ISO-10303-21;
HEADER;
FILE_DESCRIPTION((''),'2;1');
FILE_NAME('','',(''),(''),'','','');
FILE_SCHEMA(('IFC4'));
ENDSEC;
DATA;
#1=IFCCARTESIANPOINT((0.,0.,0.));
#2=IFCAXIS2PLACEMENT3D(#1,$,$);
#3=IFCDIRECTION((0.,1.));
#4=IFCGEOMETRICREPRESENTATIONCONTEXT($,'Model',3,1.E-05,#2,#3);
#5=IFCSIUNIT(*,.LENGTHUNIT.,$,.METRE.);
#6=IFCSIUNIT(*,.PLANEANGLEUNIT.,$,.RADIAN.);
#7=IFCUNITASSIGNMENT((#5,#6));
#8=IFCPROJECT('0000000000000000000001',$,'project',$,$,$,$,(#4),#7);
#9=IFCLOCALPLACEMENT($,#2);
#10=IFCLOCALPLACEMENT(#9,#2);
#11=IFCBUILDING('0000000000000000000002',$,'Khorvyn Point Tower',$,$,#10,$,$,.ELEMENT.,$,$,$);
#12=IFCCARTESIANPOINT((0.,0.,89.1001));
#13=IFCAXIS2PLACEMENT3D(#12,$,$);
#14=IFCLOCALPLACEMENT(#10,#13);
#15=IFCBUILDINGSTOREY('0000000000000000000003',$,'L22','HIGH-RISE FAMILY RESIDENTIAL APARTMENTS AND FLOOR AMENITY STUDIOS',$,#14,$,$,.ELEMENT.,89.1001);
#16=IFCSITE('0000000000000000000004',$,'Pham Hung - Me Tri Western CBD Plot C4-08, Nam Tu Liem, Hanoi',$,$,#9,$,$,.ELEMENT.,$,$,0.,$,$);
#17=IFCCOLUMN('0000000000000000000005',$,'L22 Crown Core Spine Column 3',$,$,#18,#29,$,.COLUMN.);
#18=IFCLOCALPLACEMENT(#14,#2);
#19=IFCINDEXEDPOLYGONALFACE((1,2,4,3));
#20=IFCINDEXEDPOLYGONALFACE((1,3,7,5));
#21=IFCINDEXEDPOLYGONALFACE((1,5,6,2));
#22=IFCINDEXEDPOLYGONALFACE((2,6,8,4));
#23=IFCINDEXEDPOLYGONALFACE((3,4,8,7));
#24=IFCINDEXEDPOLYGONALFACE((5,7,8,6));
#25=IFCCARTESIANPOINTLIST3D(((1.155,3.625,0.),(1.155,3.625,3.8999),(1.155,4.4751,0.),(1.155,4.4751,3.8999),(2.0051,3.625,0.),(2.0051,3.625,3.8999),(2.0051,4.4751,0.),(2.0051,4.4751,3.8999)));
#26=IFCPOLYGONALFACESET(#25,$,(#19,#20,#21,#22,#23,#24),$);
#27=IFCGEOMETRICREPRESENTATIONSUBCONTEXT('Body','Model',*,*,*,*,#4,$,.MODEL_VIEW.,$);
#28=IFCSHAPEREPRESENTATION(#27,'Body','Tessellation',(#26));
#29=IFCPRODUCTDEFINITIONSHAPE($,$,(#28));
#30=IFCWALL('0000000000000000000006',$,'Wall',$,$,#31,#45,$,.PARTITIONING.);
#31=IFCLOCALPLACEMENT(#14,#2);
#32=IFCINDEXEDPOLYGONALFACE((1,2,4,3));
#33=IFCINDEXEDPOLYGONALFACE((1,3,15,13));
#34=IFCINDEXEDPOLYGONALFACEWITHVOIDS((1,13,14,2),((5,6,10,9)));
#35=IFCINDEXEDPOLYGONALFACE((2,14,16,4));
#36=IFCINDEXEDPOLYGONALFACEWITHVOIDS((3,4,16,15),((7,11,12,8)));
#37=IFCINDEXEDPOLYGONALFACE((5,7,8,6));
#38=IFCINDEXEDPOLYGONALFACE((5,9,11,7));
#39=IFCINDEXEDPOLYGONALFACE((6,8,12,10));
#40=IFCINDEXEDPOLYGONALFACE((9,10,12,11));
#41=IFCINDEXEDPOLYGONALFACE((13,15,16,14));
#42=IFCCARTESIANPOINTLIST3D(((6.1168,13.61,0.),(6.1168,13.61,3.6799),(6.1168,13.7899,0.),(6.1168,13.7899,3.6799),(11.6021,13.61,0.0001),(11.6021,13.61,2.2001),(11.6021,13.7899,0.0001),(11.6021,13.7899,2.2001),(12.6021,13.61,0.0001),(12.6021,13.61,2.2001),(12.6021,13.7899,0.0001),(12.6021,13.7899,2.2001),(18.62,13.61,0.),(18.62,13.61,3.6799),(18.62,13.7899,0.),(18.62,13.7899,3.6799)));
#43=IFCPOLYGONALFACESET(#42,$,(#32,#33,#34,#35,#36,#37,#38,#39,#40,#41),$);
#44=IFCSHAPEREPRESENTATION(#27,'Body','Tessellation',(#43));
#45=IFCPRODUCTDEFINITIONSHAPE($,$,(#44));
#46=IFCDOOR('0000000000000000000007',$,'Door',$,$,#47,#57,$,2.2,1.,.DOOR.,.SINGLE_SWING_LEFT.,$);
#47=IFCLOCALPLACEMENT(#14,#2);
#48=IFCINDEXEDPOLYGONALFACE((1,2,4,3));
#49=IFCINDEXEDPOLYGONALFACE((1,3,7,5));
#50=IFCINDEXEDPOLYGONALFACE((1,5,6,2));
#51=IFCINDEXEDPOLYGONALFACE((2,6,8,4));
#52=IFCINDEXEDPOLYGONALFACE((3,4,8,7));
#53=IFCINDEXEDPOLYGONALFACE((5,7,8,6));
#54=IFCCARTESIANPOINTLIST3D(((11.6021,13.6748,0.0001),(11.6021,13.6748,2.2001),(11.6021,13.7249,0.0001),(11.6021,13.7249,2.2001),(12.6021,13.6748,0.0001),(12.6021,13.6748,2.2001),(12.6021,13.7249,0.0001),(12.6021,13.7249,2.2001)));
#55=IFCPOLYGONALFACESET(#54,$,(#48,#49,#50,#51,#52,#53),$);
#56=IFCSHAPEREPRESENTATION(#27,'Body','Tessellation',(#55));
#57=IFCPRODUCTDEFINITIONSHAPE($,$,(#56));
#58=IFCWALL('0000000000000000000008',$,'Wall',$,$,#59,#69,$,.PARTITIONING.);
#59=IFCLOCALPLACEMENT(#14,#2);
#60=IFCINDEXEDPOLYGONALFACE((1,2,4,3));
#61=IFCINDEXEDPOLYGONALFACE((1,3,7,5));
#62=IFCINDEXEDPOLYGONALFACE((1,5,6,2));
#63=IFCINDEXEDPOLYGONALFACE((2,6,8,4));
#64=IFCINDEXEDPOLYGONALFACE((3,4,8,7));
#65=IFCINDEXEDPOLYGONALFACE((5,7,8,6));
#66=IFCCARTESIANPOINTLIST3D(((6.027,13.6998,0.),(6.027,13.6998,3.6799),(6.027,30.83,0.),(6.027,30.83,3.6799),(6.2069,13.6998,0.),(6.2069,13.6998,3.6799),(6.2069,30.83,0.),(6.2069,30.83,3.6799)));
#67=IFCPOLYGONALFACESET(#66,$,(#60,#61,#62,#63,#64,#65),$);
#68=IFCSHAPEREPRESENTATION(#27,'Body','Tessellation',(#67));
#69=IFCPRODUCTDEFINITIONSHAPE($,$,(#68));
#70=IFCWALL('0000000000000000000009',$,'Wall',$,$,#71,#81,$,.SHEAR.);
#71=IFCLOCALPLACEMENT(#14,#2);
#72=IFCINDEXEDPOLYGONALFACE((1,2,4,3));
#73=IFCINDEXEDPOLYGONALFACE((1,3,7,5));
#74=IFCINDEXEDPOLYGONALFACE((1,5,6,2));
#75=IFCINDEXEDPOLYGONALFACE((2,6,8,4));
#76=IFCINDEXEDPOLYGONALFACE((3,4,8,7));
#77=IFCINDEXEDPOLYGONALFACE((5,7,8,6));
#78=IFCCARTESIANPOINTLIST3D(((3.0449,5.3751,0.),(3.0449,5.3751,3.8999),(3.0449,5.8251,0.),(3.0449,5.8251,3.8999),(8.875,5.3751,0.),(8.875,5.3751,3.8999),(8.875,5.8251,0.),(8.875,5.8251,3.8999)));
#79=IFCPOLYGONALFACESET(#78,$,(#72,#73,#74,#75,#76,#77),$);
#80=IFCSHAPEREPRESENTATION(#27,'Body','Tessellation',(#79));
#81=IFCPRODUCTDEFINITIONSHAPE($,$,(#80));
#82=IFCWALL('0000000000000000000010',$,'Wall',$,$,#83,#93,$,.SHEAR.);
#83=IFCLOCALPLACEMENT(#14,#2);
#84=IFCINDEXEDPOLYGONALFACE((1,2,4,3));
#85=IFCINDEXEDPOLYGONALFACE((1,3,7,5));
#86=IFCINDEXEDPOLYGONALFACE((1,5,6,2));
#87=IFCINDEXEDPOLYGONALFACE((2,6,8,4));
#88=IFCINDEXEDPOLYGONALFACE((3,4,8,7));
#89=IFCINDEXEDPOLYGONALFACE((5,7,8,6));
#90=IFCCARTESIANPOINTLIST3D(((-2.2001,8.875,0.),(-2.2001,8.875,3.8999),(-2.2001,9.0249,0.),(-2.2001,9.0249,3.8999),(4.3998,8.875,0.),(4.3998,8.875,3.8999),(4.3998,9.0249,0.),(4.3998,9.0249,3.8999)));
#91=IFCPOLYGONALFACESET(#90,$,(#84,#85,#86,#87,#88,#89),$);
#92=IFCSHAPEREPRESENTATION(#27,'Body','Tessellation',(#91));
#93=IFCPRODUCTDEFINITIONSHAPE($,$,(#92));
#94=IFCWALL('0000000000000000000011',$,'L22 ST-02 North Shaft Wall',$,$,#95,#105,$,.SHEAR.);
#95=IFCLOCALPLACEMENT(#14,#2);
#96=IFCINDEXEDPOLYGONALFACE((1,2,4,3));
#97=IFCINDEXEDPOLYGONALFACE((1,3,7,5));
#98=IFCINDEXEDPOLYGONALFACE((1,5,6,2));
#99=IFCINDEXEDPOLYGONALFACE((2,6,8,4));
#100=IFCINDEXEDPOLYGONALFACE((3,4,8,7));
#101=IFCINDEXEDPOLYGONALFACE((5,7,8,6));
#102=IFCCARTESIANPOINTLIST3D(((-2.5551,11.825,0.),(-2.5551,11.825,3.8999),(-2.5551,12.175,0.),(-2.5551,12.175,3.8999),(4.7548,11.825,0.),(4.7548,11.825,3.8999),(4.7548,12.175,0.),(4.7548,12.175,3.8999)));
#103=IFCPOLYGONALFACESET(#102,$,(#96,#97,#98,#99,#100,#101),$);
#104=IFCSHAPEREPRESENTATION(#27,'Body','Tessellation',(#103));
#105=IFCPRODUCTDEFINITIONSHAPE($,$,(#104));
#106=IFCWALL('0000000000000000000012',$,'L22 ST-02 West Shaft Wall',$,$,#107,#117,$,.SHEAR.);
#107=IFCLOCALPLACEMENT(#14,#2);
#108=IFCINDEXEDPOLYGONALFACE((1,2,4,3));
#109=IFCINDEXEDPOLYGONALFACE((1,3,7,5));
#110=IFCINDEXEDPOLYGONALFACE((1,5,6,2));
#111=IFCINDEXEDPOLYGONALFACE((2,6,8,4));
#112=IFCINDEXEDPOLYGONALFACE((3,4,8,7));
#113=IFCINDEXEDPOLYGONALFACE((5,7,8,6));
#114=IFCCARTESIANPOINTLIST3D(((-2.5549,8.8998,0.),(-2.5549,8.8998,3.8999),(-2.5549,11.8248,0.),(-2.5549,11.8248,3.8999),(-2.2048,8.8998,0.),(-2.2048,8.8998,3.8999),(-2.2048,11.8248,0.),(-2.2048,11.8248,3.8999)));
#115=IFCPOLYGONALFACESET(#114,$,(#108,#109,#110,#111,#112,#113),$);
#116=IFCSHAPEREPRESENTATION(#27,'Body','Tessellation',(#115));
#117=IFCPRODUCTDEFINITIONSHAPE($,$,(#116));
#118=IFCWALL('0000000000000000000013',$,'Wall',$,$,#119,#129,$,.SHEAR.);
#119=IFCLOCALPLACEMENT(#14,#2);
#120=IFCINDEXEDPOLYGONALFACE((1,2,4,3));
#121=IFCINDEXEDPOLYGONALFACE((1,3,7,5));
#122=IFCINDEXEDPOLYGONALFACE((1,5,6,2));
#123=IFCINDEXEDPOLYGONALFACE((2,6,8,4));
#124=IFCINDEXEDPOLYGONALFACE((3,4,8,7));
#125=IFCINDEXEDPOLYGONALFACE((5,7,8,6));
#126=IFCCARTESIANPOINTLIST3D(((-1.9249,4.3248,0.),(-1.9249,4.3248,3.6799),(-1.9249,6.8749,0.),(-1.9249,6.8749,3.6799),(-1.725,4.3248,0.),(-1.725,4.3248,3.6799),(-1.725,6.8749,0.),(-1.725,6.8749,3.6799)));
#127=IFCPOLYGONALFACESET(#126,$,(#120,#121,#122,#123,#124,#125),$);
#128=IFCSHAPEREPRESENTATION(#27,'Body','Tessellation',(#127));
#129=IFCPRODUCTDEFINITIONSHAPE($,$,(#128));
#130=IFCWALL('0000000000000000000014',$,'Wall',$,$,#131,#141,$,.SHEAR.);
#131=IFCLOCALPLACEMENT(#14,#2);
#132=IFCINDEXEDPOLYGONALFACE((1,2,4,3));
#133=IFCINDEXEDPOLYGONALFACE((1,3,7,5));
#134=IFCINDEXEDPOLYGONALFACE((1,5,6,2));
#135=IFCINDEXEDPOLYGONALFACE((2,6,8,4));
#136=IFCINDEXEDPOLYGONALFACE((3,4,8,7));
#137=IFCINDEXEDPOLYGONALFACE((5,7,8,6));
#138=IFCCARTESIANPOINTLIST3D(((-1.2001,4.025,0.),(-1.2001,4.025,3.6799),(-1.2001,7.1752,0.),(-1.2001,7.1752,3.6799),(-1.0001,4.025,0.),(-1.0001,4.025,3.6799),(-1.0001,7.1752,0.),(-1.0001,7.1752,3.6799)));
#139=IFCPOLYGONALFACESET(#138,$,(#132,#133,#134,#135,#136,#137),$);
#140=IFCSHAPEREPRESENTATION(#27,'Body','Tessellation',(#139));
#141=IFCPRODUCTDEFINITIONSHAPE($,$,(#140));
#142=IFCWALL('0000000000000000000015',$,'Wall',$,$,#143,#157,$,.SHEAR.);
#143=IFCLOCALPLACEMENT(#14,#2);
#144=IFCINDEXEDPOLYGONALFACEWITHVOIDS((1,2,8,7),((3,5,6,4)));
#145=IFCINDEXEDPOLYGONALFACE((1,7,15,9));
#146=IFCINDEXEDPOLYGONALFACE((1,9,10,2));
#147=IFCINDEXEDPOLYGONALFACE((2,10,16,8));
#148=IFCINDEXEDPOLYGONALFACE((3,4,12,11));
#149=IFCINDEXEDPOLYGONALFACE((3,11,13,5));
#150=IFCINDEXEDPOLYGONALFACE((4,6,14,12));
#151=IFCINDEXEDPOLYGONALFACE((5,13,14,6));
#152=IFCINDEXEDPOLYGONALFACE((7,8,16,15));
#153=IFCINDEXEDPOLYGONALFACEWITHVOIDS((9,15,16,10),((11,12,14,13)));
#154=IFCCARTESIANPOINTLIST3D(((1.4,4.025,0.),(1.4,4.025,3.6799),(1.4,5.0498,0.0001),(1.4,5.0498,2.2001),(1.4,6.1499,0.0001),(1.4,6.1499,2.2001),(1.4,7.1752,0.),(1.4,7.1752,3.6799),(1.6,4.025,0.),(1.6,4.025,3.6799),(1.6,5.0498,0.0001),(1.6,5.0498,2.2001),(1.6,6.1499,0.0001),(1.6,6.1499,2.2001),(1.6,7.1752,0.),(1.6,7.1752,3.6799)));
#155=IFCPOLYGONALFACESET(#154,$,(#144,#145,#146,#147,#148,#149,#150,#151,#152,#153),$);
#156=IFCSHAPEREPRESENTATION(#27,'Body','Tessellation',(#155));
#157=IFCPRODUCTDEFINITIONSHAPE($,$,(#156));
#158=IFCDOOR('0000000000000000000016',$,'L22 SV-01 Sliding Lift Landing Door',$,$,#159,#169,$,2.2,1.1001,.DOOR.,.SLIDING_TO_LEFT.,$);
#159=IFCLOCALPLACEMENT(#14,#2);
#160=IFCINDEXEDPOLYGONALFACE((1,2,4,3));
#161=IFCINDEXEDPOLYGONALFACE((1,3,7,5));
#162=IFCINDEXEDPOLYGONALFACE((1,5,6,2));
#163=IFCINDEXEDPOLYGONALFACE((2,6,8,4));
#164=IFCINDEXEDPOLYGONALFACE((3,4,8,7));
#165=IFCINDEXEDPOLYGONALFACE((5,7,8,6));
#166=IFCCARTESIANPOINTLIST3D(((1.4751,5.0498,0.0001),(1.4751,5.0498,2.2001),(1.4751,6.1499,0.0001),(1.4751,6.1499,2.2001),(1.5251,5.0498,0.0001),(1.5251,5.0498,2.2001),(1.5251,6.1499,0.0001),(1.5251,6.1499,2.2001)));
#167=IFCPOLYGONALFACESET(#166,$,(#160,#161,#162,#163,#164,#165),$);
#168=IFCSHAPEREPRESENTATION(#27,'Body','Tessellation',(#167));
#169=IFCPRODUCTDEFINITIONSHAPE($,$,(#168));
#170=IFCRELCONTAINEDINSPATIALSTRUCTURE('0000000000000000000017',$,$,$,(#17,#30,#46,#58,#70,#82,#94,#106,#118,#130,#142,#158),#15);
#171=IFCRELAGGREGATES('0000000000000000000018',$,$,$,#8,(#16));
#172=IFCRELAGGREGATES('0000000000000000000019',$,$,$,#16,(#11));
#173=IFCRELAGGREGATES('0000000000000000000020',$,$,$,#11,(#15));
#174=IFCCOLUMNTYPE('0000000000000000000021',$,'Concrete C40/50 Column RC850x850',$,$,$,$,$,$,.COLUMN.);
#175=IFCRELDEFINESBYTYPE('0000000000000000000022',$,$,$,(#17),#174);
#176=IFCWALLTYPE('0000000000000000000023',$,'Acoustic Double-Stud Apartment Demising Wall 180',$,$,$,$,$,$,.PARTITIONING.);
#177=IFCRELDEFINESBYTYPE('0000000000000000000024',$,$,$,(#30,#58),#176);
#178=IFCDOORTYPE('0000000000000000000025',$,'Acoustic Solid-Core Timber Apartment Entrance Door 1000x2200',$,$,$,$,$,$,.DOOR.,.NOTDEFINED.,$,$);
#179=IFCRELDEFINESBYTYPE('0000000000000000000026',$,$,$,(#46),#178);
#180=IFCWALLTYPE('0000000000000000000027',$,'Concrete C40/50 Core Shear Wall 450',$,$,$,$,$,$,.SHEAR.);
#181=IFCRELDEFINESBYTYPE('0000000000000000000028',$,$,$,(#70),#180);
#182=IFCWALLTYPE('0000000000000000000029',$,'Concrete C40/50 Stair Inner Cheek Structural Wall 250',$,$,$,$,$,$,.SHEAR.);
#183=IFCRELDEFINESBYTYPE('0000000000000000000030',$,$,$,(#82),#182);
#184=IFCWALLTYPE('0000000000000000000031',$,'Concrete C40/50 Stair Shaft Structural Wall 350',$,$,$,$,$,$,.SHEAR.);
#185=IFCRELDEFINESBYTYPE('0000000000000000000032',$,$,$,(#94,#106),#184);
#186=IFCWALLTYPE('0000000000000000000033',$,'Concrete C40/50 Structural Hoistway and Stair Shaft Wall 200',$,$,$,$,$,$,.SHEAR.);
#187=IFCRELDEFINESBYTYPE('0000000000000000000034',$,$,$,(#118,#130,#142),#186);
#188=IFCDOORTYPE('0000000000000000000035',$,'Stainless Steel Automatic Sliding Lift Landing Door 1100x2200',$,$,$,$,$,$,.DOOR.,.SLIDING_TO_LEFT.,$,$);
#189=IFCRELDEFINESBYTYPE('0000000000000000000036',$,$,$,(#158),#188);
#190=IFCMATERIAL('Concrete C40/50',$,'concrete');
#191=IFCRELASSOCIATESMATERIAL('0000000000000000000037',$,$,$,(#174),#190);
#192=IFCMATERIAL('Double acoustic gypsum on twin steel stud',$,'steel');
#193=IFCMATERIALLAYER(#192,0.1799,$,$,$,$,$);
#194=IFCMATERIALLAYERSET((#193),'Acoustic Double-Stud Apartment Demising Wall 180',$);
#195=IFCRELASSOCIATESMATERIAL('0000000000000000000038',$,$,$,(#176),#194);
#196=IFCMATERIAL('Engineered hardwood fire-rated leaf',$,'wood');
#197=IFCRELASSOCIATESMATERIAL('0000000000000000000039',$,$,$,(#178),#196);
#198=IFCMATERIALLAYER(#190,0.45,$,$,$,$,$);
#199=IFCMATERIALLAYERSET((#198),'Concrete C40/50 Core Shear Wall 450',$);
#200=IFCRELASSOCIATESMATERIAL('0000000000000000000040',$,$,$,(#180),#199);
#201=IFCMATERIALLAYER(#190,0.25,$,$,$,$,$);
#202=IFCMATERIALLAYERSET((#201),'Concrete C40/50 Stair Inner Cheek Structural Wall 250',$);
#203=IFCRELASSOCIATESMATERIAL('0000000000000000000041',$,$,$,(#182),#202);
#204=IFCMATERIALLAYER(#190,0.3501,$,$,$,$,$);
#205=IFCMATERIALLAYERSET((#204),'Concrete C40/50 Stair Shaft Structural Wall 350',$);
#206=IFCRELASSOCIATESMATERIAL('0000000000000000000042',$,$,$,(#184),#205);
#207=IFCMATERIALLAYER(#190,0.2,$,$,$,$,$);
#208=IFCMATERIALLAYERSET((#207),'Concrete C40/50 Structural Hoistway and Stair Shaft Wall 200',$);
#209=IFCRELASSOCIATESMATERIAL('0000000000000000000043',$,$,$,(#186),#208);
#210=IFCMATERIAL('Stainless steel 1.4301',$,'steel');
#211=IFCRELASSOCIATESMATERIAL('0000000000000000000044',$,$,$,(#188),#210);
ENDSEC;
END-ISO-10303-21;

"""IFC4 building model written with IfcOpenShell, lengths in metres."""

from ifc_helpers import new_model, si_unit, direction, frame, frame_2d, origin, origin_2d, place, context, subcontext, project, spatial, rectangle, extrude, material, layer, layer_set, material_profile, profile_set, type_object, element, fill, save


model = new_model("IFC4")

# Units and contexts
model_context = context("Model", 3, precision=1e-05, world=origin(), true_north=direction((0.0, 1.0)))
body_context = subcontext(model_context, "Body", "Model", "MODEL_VIEW")
ifc_project = project(units=[si_unit("LENGTHUNIT", "METRE"), si_unit("PLANEANGLEUNIT", "RADIAN")], contexts=[model_context])

# Site, building, storey
site_placement = place(None, origin())
site = spatial("IfcSite", under=ifc_project, at=site_placement, Name="Pham Hung - Me Tri Western CBD Plot C4-08, Nam Tu Liem, Hanoi", CompositionType="ELEMENT", RefElevation=0.0)
building_placement = place(site_placement, origin())
building = spatial("IfcBuilding", under=site, at=building_placement, Name="Khorvyn Point Tower", CompositionType="ELEMENT")
storey_placement = place(building_placement, frame((0.0, 0.0, 89.1001)))
storey = spatial("IfcBuildingStorey", under=building, at=storey_placement, Name="L22", Description="HIGH-RISE FAMILY RESIDENTIAL APARTMENTS AND FLOOR AMENITY STUDIOS", CompositionType="ELEMENT", Elevation=89.1001)

# Column
ifc_material_1 = material(Name="Concrete C40/50", Category="concrete")
ifc_material_profile = material_profile(ifc_material_1, rectangle(XDim=0.8501, YDim=0.8501, at=origin_2d()))
ifc_profile_set = profile_set([ifc_material_profile], Name="Concrete C40/50 RC850x850")
column_type = type_object("IfcColumnType", Name="Concrete C40/50 Column RC850x850", PredefinedType="COLUMN", material=ifc_profile_set)
column_placement = place(storey_placement, frame((1.5801, 4.05, 0.0), z_axis=(0.0, 0.0, 1.0), x_axis=(1.0, 0.0, 0.0)))
element("IfcColumn", 1, at=column_placement, inside=storey, type_object=column_type, Name="L22 Crown Core Spine Column 3", PredefinedType="COLUMN", context=body_context, shape_type="SweptSolid", body=[
    extrude(rectangle(XDim=0.8501, YDim=0.8501, at=origin_2d()), origin(), (0.0, 0.0, 1.0), 3.8999),
])

# Wall, opening, door
ifc_material_2 = material(Name="Double acoustic gypsum on twin steel stud", Category="steel")
ifc_layer_1 = layer(ifc_material_2, 0.1799)
ifc_layer_set_1 = layer_set([ifc_layer_1], Name="Acoustic Double-Stud Apartment Demising Wall 180")
wall_type_1 = type_object("IfcWallType", Name="Acoustic Double-Stud Apartment Demising Wall 180", PredefinedType="PARTITIONING", material=ifc_layer_set_1)
wall_1_placement = place(storey_placement, frame((6.1169, 13.7, 0.0), z_axis=(0.0, 0.0, 1.0), x_axis=(1.0, 0.0, 0.0)))
wall_1 = element("IfcWall", 2, at=wall_1_placement, inside=storey, type_object=wall_type_1, Name="Wall", PredefinedType="PARTITIONING", context=body_context, shape_type="SweptSolid", body=[
    extrude(rectangle(XDim=12.5032, YDim=0.1799, at=frame_2d((6.2515, 0.0))), origin(), (0.0, 0.0, 1.0), 3.6799),
])
opening_1_placement = place(wall_1_placement, frame((5.4851, 0.0, 0.0)))
opening_1 = element("IfcOpeningElement", 3, at=opening_1_placement, cuts=wall_1, PredefinedType="OPENING", context=body_context, shape_type="SweptSolid", body=[
    extrude(rectangle(XDim=1.0, YDim=2.2, at=frame_2d((0.5, 1.1001))), frame((0.0, 0.0999, 0.0), z_axis=(0.0, -1.0, 0.0), x_axis=(1.0, 0.0, 0.0)), (0.0, 0.0, 1.0), 0.2),
])
ifc_material_3 = material(Name="Engineered hardwood fire-rated leaf", Category="wood")
door_type_1 = type_object("IfcDoorType", Name="Acoustic Solid-Core Timber Apartment Entrance Door 1000x2200", OperationType="NOTDEFINED", PredefinedType="DOOR", material=ifc_material_3)
door_1_placement = place(opening_1_placement, origin())
door_1 = element("IfcDoor", 4, at=door_1_placement, inside=storey, type_object=door_type_1, Name="Door", OperationType="SINGLE_SWING_LEFT", OverallHeight=2.2, OverallWidth=1.0, PredefinedType="DOOR", context=body_context, shape_type="SweptSolid", body=[
    extrude(rectangle(XDim=1.0, YDim=2.2, at=frame_2d((0.5, 1.1001))), frame((0.0, 0.0249, 0.0), z_axis=(0.0, -1.0, 0.0), x_axis=(1.0, 0.0, 0.0)), (0.0, 0.0, 1.0), 0.05),
])
fill(opening_1, door_1)

# Walls
wall_2_placement = place(storey_placement, frame((6.1169, 13.7, 0.0), z_axis=(0.0, 0.0, 1.0), x_axis=(0.0, 1.0, 0.0)))
element("IfcWall", 5, at=wall_2_placement, inside=storey, type_object=wall_type_1, Name="Wall", PredefinedType="PARTITIONING", context=body_context, shape_type="SweptSolid", body=[
    extrude(rectangle(XDim=17.1301, YDim=0.1799, at=frame_2d((8.5649, 0.0))), origin(), (0.0, 0.0, 1.0), 3.6799),
])
ifc_layer_2 = layer(ifc_material_1, 0.45)
ifc_layer_set_2 = layer_set([ifc_layer_2], Name="Concrete C40/50 Core Shear Wall 450")
wall_type_2 = type_object("IfcWallType", Name="Concrete C40/50 Core Shear Wall 450", PredefinedType="SHEAR", material=ifc_layer_set_2)
wall_3_placement = place(storey_placement, frame((3.0449, 5.6001, 0.0), z_axis=(0.0, 0.0, 1.0), x_axis=(1.0, 0.0, 0.0)))
element("IfcWall", 6, at=wall_3_placement, inside=storey, type_object=wall_type_2, Name="Wall", PredefinedType="SHEAR", context=body_context, shape_type="SweptSolid", body=[
    extrude(rectangle(XDim=5.8301, YDim=0.45, at=frame_2d((2.915, 0.0))), origin(), (0.0, 0.0, 1.0), 3.8999),
])

# Walls
ifc_layer_3 = layer(ifc_material_1, 0.25)
ifc_layer_set_3 = layer_set([ifc_layer_3], Name="Concrete C40/50 Stair Inner Cheek Structural Wall 250")
wall_type_3 = type_object("IfcWallType", Name="Concrete C40/50 Stair Inner Cheek Structural Wall 250", PredefinedType="SHEAR", material=ifc_layer_set_3)
wall_4_placement = place(storey_placement, frame((-2.2, 8.95, 0.0), z_axis=(0.0, 0.0, 1.0), x_axis=(1.0, 0.0, 0.0)))
element("IfcWall", 7, at=wall_4_placement, inside=storey, type_object=wall_type_3, Name="Wall", PredefinedType="SHEAR", context=body_context, shape_type="SweptSolid", body=[
    extrude(rectangle(XDim=6.5999, YDim=0.1499, at=frame_2d((3.2998, 0.0))), origin(), (0.0, 0.0, 1.0), 3.8999),
])
ifc_layer_4 = layer(ifc_material_1, 0.3501)
ifc_layer_set_4 = layer_set([ifc_layer_4], Name="Concrete C40/50 Stair Shaft Structural Wall 350")
wall_type_4 = type_object("IfcWallType", Name="Concrete C40/50 Stair Shaft Structural Wall 350", PredefinedType="SHEAR", material=ifc_layer_set_4)
wall_5_placement = place(storey_placement, frame((-2.5549, 12.0, 0.0), z_axis=(0.0, 0.0, 1.0), x_axis=(1.0, 0.0, 0.0)))
element("IfcWall", 8, at=wall_5_placement, inside=storey, type_object=wall_type_4, Name="L22 ST-02 North Shaft Wall", PredefinedType="SHEAR", context=body_context, shape_type="SweptSolid", body=[
    extrude(rectangle(XDim=7.3098, YDim=0.3501, at=frame_2d((3.6548, 0.0))), origin(), (0.0, 0.0, 1.0), 3.8999),
])
wall_6_placement = place(storey_placement, frame((-2.3799, 8.8999, 0.0), z_axis=(0.0, 0.0, 1.0), x_axis=(0.0, 1.0, 0.0)))
element("IfcWall", 9, at=wall_6_placement, inside=storey, type_object=wall_type_4, Name="L22 ST-02 West Shaft Wall", PredefinedType="SHEAR", context=body_context, shape_type="SweptSolid", body=[
    extrude(rectangle(XDim=2.925, YDim=0.3501, at=frame_2d((1.4624, 0.0))), origin(), (0.0, 0.0, 1.0), 3.8999),
])

# Walls
ifc_layer_5 = layer(ifc_material_1, 0.2)
ifc_layer_set_5 = layer_set([ifc_layer_5], Name="Concrete C40/50 Structural Hoistway and Stair Shaft Wall 200")
wall_type_5 = type_object("IfcWallType", Name="Concrete C40/50 Structural Hoistway and Stair Shaft Wall 200", PredefinedType="SHEAR", material=ifc_layer_set_5)
wall_7_placement = place(storey_placement, frame((-1.825, 4.325, 0.0), z_axis=(0.0, 0.0, 1.0), x_axis=(0.0, 1.0, 0.0)))
element("IfcWall", 10, at=wall_7_placement, inside=storey, type_object=wall_type_5, Name="Wall", PredefinedType="SHEAR", context=body_context, shape_type="SweptSolid", body=[
    extrude(rectangle(XDim=2.55, YDim=0.2, at=frame_2d((1.2749, 0.0))), origin(), (0.0, 0.0, 1.0), 3.6799),
])
wall_8_placement = place(storey_placement, frame((-1.1001, 4.0249, 0.0), z_axis=(0.0, 0.0, 1.0), x_axis=(0.0, 1.0, 0.0)))
element("IfcWall", 11, at=wall_8_placement, inside=storey, type_object=wall_type_5, Name="Wall", PredefinedType="SHEAR", context=body_context, shape_type="SweptSolid", body=[
    extrude(rectangle(XDim=3.1501, YDim=0.2, at=frame_2d((1.5752, 0.0))), origin(), (0.0, 0.0, 1.0), 3.6799),
])

# Wall, opening, door
wall_9_placement = place(storey_placement, frame((1.5, 4.0249, 0.0), z_axis=(0.0, 0.0, 1.0), x_axis=(0.0, 1.0, 0.0)))
wall_9 = element("IfcWall", 12, at=wall_9_placement, inside=storey, type_object=wall_type_5, Name="Wall", PredefinedType="SHEAR", context=body_context, shape_type="SweptSolid", body=[
    extrude(rectangle(XDim=3.1501, YDim=0.2, at=frame_2d((1.5752, 0.0))), origin(), (0.0, 0.0, 1.0), 3.6799),
])
opening_2_placement = place(wall_9_placement, frame((1.0249, 0.0, 0.0)))
opening_2 = element("IfcOpeningElement", 13, at=opening_2_placement, cuts=wall_9, PredefinedType="OPENING", context=body_context, shape_type="SweptSolid", body=[
    extrude(rectangle(XDim=1.1001, YDim=2.2, at=frame_2d((0.55, 1.1001))), frame((0.0, 0.1099, 0.0), z_axis=(0.0, -1.0, 0.0), x_axis=(1.0, 0.0, 0.0)), (0.0, 0.0, 1.0), 0.22),
])
ifc_material_4 = material(Name="Stainless steel 1.4301", Category="steel")
door_type_2 = type_object("IfcDoorType", Name="Stainless Steel Automatic Sliding Lift Landing Door 1100x2200", OperationType="SLIDING_TO_LEFT", PredefinedType="DOOR", material=ifc_material_4)
door_2_placement = place(opening_2_placement, origin())
door_2 = element("IfcDoor", 14, at=door_2_placement, inside=storey, type_object=door_type_2, Name="L22 SV-01 Sliding Lift Landing Door", OperationType="SLIDING_TO_LEFT", OverallHeight=2.2, OverallWidth=1.1001, PredefinedType="DOOR", context=body_context, shape_type="SweptSolid", body=[
    extrude(rectangle(XDim=1.1001, YDim=2.2, at=frame_2d((0.55, 1.1001))), frame((0.0, 0.0249, 0.0), z_axis=(0.0, -1.0, 0.0), x_axis=(1.0, 0.0, 0.0)), (0.0, 0.0, 1.0), 0.05),
])
fill(opening_2, door_2)

save(model, "model.ifc")
